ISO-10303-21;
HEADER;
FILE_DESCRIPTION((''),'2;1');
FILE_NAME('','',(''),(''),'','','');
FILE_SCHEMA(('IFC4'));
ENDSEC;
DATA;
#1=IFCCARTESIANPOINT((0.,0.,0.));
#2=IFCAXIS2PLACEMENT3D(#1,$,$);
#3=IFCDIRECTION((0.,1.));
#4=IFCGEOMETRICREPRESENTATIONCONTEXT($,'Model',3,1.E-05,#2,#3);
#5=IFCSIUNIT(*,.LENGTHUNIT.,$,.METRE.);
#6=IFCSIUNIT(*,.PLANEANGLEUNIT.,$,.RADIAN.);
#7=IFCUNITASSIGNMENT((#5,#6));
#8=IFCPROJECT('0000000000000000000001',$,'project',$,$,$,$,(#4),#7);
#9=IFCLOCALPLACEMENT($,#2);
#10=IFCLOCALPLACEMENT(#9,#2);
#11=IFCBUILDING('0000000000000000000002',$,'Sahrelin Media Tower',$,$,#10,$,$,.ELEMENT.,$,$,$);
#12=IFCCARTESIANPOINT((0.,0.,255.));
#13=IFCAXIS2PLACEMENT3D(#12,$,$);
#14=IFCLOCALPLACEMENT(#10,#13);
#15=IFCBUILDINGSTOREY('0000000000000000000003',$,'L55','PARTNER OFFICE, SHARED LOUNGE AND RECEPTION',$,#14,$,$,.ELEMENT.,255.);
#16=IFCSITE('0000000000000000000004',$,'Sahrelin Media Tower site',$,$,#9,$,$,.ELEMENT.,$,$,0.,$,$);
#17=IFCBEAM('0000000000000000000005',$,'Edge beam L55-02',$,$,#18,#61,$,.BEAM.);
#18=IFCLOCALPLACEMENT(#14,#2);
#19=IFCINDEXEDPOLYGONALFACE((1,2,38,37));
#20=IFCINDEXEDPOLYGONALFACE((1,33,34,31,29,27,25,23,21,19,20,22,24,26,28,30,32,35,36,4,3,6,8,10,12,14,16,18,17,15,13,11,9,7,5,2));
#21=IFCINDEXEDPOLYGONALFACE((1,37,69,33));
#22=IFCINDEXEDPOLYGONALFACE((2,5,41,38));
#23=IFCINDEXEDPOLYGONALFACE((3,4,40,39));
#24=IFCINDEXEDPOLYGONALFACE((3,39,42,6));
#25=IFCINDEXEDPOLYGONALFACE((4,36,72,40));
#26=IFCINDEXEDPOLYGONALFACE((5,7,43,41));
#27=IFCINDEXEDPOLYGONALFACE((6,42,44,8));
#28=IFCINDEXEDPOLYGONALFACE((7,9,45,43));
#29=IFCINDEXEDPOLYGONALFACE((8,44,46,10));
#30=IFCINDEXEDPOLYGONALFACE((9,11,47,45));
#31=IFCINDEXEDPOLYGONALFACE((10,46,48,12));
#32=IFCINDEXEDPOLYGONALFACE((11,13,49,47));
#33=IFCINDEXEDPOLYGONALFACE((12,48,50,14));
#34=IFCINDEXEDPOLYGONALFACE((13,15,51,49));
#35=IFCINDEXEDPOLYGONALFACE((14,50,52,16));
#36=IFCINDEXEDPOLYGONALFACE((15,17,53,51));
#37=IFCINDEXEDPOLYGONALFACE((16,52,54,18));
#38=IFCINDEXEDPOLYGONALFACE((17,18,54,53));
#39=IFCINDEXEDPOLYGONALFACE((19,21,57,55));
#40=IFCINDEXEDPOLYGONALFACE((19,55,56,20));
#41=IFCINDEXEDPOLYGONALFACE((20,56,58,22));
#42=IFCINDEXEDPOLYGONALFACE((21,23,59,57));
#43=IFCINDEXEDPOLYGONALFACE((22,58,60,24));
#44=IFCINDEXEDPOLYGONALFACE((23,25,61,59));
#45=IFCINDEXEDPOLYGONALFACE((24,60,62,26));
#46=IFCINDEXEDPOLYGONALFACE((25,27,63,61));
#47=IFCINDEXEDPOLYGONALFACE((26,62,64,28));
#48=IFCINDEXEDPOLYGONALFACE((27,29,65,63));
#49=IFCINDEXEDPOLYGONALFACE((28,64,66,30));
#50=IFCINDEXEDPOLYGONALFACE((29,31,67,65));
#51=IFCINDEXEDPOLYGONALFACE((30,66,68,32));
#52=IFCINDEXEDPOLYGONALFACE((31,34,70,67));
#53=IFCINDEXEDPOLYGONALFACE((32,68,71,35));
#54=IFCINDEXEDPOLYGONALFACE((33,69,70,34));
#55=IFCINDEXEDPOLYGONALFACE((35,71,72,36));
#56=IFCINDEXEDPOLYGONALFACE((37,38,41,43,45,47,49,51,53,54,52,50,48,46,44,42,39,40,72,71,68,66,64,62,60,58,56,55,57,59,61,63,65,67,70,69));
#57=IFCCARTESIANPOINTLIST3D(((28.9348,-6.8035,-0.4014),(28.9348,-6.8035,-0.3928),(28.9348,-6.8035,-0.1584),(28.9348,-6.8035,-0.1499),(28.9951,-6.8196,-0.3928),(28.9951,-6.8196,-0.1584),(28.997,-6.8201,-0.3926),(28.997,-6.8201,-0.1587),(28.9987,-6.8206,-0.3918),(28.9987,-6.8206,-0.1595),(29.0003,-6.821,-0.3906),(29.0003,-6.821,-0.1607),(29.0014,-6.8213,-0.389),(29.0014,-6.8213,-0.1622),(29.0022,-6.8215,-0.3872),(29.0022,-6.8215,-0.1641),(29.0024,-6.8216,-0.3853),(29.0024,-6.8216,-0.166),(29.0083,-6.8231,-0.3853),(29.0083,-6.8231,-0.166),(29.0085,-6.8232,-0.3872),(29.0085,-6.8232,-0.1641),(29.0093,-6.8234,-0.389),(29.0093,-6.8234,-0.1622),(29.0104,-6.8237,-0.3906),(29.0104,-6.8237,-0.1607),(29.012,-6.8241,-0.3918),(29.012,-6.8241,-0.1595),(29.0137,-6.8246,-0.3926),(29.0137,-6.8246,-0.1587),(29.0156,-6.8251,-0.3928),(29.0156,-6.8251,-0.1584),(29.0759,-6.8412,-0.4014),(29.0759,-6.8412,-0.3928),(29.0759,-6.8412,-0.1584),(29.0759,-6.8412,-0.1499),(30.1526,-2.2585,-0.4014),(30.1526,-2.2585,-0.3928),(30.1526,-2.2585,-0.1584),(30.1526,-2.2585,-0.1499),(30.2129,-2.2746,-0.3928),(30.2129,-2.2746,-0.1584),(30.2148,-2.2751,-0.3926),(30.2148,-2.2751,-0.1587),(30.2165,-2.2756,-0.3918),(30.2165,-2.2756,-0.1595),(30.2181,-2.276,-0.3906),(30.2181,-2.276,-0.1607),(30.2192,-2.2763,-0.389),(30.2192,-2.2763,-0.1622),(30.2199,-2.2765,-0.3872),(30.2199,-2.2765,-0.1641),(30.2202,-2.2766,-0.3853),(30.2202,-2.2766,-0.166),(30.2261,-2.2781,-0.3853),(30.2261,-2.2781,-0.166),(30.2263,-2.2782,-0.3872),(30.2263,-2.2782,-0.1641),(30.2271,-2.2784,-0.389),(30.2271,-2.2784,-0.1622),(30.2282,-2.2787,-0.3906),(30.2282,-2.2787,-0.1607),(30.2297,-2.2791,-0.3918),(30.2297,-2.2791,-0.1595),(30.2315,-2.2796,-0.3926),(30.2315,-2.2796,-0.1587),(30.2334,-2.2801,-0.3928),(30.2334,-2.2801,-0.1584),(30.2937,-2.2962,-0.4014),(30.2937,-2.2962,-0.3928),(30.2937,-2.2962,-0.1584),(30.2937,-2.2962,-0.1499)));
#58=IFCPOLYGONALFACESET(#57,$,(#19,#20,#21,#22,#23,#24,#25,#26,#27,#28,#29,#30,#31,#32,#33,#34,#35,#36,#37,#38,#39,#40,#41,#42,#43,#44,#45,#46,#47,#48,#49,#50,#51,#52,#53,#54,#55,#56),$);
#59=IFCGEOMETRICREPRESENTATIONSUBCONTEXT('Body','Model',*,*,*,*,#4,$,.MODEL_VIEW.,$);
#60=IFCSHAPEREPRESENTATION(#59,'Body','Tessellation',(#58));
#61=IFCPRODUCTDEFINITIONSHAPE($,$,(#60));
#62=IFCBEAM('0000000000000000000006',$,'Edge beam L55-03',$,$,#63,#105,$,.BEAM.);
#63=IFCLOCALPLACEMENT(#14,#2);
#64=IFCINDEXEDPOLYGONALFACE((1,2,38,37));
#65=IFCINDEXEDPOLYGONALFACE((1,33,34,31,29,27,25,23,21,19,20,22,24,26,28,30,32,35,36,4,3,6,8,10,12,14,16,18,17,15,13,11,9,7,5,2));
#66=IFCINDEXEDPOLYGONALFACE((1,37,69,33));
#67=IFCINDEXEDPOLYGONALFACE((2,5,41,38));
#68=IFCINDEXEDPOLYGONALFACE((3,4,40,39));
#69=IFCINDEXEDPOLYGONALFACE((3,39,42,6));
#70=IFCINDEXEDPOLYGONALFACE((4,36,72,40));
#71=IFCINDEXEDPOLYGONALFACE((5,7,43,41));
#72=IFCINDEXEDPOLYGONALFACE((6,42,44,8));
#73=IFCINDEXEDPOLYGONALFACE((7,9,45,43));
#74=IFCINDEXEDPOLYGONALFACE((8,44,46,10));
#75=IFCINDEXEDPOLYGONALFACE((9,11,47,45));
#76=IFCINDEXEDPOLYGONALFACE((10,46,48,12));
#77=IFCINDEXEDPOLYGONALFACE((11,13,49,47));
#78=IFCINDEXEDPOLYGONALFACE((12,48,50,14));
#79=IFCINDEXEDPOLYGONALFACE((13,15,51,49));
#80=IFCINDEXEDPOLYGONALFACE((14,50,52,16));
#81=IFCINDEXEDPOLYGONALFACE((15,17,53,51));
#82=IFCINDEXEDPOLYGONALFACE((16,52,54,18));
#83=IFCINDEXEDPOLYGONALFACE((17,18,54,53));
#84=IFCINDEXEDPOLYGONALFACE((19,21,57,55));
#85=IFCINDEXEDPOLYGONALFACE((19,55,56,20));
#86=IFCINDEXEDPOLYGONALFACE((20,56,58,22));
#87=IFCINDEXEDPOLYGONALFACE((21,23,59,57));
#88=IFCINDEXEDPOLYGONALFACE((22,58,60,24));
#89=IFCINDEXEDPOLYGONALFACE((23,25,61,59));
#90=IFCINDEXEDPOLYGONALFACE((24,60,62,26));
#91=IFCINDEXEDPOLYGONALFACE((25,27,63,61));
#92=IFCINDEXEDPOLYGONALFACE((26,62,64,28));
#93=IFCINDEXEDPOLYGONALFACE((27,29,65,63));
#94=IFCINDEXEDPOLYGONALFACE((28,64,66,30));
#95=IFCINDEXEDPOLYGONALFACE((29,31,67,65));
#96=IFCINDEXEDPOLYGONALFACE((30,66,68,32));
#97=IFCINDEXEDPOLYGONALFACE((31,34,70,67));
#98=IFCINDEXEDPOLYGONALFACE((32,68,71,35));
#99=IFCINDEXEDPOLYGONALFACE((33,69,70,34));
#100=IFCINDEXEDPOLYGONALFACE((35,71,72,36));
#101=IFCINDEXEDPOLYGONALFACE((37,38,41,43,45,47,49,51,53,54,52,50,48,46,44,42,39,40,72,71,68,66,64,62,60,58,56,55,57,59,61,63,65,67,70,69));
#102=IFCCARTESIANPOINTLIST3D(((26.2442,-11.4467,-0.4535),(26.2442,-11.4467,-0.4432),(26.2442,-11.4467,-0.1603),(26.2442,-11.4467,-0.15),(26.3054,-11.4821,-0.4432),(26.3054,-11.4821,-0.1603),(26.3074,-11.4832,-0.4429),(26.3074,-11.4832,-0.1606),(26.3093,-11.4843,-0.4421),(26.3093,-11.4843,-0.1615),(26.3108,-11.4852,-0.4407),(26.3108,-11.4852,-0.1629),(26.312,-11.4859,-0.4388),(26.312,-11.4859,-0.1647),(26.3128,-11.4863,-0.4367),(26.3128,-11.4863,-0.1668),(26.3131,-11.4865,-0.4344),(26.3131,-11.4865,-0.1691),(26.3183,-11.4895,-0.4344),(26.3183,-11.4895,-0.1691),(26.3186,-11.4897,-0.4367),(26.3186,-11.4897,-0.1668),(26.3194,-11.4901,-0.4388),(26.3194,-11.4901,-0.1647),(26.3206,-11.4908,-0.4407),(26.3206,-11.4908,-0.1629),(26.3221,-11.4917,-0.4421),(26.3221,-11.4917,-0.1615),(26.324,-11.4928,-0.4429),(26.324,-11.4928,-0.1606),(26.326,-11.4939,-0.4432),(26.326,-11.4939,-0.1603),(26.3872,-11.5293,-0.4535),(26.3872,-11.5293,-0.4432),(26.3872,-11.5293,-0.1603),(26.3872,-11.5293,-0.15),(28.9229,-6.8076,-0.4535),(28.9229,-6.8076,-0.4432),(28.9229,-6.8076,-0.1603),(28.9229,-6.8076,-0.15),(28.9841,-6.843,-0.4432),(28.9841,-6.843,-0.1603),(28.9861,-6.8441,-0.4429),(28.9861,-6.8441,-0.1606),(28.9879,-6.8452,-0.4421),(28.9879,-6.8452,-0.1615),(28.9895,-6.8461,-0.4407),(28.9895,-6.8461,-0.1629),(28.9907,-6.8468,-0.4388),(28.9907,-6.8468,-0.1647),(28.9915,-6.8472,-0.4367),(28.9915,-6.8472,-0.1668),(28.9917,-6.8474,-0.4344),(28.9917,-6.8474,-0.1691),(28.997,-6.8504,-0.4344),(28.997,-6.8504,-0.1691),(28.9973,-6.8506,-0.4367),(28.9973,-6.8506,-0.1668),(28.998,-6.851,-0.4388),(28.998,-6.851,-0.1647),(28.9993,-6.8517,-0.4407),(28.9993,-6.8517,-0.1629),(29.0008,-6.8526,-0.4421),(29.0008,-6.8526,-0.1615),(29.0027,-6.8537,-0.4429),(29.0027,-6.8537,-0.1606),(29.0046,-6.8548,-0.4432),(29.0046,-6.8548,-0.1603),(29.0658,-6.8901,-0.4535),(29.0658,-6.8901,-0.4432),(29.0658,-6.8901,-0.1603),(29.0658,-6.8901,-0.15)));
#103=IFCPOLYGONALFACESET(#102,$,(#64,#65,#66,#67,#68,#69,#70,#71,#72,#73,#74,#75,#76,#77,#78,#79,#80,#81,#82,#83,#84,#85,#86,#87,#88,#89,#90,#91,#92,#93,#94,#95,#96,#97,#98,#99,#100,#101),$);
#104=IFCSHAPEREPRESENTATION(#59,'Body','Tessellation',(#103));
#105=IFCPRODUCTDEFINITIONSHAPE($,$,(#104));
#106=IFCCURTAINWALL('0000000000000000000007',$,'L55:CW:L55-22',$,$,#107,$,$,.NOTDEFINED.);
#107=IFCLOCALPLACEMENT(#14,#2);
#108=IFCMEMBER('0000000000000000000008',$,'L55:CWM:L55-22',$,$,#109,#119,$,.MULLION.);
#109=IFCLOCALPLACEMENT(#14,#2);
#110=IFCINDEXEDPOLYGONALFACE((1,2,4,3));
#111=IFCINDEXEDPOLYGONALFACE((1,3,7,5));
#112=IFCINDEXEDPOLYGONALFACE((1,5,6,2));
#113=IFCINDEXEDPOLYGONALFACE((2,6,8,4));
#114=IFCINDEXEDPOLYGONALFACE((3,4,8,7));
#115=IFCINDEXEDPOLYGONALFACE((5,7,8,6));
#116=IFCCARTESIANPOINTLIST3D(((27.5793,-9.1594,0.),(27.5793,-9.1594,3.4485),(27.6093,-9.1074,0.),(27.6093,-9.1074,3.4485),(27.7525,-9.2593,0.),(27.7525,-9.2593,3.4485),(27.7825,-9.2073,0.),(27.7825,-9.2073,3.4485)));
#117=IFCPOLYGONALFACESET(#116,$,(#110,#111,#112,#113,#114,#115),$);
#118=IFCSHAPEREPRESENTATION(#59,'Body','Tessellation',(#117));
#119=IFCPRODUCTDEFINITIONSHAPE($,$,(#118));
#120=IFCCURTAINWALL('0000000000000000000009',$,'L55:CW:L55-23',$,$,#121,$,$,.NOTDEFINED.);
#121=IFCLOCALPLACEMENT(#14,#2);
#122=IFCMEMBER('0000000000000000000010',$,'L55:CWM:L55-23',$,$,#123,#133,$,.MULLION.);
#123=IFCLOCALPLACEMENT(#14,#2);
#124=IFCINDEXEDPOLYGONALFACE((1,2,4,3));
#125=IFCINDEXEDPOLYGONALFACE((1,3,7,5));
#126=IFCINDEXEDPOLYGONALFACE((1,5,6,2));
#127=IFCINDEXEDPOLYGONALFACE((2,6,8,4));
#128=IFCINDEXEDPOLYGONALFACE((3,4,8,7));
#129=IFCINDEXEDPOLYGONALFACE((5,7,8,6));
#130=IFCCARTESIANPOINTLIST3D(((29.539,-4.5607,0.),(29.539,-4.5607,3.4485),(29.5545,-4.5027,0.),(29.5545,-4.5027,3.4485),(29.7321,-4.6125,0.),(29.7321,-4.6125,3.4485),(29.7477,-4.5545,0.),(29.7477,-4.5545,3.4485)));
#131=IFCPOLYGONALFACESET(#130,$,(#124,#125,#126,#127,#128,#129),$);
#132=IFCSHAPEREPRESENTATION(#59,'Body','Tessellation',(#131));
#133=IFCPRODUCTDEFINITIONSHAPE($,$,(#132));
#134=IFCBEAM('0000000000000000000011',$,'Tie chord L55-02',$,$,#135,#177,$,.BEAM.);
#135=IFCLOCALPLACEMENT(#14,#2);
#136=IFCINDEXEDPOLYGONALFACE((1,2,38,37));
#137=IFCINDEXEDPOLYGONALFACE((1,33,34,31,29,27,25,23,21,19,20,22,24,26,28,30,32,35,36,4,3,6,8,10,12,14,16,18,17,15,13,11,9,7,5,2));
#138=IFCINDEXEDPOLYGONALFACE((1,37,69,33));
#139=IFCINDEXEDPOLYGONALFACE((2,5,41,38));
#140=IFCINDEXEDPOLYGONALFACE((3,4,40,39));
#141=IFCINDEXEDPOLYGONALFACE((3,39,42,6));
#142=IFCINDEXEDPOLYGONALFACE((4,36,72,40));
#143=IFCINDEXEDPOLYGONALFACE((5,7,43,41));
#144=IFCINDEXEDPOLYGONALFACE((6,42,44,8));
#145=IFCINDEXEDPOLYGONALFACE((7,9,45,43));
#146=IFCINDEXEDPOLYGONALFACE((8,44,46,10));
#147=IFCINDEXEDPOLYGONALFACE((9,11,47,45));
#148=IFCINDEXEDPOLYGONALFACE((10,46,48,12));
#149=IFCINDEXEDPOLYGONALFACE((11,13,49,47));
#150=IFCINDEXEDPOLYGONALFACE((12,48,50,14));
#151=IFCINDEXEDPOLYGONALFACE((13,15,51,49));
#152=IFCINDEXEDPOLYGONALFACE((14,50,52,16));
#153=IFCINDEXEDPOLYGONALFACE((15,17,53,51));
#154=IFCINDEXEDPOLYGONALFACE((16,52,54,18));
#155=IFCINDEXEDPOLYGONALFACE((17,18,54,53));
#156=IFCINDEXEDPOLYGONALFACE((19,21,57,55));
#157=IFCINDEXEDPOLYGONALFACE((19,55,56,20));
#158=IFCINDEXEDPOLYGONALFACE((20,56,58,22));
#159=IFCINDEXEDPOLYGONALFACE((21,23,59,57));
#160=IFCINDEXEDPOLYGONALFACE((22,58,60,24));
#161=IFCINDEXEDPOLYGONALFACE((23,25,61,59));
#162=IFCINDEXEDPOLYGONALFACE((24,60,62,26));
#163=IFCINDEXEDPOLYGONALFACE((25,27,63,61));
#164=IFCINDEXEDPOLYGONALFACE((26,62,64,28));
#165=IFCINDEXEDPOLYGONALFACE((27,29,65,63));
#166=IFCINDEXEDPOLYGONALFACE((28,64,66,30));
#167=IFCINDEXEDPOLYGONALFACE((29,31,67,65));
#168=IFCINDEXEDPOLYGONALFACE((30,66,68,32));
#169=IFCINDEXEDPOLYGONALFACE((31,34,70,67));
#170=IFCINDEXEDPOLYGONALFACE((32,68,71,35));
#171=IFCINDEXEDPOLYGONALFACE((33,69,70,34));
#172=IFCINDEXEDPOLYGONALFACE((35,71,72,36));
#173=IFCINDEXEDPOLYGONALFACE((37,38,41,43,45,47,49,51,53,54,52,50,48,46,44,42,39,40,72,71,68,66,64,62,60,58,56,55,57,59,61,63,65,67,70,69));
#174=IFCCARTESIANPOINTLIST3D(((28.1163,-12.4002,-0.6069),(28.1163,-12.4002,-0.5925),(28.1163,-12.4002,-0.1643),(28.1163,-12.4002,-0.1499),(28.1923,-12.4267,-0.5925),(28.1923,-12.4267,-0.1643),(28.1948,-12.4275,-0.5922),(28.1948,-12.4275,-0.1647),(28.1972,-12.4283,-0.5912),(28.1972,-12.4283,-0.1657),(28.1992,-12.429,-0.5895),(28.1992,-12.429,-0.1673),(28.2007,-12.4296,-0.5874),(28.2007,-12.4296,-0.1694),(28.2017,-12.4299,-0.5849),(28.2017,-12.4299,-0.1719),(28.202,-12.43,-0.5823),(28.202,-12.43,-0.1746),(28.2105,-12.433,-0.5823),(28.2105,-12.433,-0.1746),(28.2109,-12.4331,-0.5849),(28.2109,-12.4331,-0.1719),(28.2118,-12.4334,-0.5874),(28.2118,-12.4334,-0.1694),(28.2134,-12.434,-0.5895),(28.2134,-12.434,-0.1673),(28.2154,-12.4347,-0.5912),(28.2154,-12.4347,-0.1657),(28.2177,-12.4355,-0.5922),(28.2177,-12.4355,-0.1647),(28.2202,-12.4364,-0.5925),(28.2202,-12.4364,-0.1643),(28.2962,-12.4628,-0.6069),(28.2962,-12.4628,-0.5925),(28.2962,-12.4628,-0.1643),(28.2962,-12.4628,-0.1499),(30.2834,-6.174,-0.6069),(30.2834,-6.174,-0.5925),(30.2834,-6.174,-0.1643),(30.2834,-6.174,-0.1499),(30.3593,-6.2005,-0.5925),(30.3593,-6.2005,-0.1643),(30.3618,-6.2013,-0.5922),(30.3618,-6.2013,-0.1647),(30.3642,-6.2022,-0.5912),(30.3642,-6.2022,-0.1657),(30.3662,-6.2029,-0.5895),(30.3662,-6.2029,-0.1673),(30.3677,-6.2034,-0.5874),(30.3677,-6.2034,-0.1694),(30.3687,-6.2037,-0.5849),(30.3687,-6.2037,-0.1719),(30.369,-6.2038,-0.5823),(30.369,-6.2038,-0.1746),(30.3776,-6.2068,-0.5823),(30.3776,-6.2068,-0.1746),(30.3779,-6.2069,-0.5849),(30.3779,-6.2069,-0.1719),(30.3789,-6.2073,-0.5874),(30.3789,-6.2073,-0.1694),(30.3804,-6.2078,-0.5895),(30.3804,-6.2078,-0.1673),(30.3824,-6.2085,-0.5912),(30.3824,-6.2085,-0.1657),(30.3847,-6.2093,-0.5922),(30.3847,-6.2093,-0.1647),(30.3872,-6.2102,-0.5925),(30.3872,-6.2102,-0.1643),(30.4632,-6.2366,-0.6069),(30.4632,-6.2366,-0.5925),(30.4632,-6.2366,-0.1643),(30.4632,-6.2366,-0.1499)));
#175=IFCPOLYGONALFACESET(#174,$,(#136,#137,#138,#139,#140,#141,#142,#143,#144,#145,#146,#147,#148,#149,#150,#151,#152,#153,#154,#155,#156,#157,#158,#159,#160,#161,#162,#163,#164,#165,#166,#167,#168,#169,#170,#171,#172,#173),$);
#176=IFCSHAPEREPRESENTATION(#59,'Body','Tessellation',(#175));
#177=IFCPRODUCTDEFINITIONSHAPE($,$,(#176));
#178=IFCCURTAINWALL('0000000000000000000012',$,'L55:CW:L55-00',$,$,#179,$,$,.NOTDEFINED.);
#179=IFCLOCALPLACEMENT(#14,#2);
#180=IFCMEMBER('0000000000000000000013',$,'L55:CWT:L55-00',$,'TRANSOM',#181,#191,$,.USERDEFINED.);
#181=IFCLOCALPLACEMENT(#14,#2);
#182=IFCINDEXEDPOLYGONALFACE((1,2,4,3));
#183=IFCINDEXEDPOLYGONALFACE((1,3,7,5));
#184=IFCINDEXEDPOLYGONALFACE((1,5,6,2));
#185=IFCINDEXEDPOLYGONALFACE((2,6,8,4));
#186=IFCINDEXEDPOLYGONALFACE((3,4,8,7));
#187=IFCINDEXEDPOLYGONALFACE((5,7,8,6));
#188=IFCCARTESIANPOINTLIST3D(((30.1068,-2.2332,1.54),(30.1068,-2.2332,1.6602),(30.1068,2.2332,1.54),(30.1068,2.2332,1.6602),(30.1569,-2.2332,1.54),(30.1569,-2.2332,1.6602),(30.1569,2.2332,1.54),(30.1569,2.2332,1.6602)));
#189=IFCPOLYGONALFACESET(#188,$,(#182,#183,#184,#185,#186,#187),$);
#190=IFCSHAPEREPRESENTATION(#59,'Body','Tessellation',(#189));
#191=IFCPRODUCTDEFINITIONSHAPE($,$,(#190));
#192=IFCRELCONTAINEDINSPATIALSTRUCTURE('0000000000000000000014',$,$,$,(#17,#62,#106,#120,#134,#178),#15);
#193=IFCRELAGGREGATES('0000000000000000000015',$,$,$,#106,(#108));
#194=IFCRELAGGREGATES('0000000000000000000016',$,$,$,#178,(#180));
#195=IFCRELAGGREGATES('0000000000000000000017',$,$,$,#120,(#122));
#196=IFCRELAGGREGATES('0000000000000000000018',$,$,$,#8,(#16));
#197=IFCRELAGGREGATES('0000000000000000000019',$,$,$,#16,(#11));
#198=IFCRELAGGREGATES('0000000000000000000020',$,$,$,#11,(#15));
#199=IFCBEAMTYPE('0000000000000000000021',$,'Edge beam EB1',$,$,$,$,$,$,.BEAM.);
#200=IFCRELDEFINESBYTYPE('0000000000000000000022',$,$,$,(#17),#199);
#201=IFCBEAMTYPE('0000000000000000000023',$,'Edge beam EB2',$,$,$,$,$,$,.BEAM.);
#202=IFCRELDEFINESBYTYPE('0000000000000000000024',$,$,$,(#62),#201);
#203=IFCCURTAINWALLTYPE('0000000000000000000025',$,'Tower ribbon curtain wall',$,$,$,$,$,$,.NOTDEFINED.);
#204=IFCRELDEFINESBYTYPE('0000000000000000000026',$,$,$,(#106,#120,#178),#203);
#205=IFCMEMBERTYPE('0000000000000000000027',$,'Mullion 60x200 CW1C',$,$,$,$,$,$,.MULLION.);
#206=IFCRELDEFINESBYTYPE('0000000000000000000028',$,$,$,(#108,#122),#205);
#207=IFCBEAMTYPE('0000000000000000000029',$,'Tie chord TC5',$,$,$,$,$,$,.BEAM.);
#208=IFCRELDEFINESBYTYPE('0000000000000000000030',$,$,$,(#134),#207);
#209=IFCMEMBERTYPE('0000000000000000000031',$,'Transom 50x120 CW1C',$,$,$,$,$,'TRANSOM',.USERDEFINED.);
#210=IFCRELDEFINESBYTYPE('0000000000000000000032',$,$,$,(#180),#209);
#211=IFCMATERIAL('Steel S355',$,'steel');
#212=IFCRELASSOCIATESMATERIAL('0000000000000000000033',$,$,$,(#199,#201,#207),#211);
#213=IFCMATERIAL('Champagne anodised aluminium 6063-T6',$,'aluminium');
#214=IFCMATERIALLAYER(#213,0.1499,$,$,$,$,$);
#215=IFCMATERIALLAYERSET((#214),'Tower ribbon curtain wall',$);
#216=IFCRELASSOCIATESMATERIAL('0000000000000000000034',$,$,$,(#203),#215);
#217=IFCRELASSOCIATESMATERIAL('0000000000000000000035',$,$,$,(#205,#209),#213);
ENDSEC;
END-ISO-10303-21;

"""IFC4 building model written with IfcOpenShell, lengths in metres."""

from ifc_helpers import new_model, si_unit, direction, frame, origin, origin_2d, place, context, subcontext, project, spatial, rectangle, i_section, extrude, material, layer, layer_set, material_profile, profile_set, type_object, element, aggregate, save


model = new_model("IFC4")

# Units and contexts
model_context = context("Model", 3, precision=1e-05, world=origin(), true_north=direction((0.0, 1.0)))
body_context = subcontext(model_context, "Body", "Model", "MODEL_VIEW")
ifc_project = project(units=[si_unit("LENGTHUNIT", "METRE"), si_unit("PLANEANGLEUNIT", "RADIAN")], contexts=[model_context])

# Site, building, storey
site_placement = place(None, origin())
site = spatial("IfcSite", under=ifc_project, at=site_placement, Name="Sahrelin Media Tower site", CompositionType="ELEMENT", RefElevation=0.0)
building_placement = place(site_placement, origin())
building = spatial("IfcBuilding", under=site, at=building_placement, Name="Sahrelin Media Tower", CompositionType="ELEMENT")
storey_placement = place(building_placement, frame((0.0, 0.0, 255.0)))
storey = spatial("IfcBuildingStorey", under=building, at=storey_placement, Name="L55", Description="PARTNER OFFICE, SHARED LOUNGE AND RECEPTION", CompositionType="ELEMENT", Elevation=255.0)

# Beams
ifc_material_1 = material(Name="Steel S355", Category="steel")
ifc_material_profile_1 = material_profile(ifc_material_1, i_section(OverallWidth=0.146, OverallDepth=0.2515, WebThickness=0.0061, FlangeThickness=0.0085, FilletRadius=0.0076, at=origin_2d()), Name="UB 254x146x31")
ifc_profile_set_1 = profile_set([ifc_material_profile_1], Name="Steel S355")
beam_type_1 = type_object("IfcBeamType", Name="Edge beam EB1", PredefinedType="BEAM", material=ifc_profile_set_1)
beam_1_placement = place(storey_placement, frame((30.2231, -2.2773, -0.2756), z_axis=(-0.258812, -0.965928, 0.0), x_axis=(0.965928, -0.258812, 0.0)))
element("IfcBeam", 1, at=beam_1_placement, inside=storey, type_object=beam_type_1, Name="Edge beam L55-02", PredefinedType="BEAM", context=body_context, shape_type="SweptSolid", body=[
    extrude(i_section(OverallWidth=0.146, OverallDepth=0.2515, WebThickness=0.0061, FlangeThickness=0.0085, FilletRadius=0.0076, at=origin_2d()), origin(), (0.0, 0.0, 1.0), 4.7053),
])
ifc_material_profile_2 = material_profile(ifc_material_1, i_section(OverallWidth=0.165, OverallDepth=0.3035, WebThickness=0.0061, FlangeThickness=0.0103, FilletRadius=0.0088, at=origin_2d()), Name="UB 305x165x40")
ifc_profile_set_2 = profile_set([ifc_material_profile_2], Name="Steel S355")
beam_type_2 = type_object("IfcBeamType", Name="Edge beam EB2", PredefinedType="BEAM", material=ifc_profile_set_2)
beam_2_placement = place(storey_placement, frame((28.9944, -6.8489, -0.3018), z_axis=(-0.500041, -0.866002, 0.0), x_axis=(0.866002, -0.500041, 0.0)))
element("IfcBeam", 2, at=beam_2_placement, inside=storey, type_object=beam_type_2, Name="Edge beam L55-03", PredefinedType="BEAM", context=body_context, shape_type="SweptSolid", body=[
    extrude(i_section(OverallWidth=0.165, OverallDepth=0.3035, WebThickness=0.0061, FlangeThickness=0.0103, FilletRadius=0.0088, at=origin_2d()), origin(), (0.0, 0.0, 1.0), 5.3569),
])

# Curtain walls, members
ifc_material_2 = material(Name="Champagne anodised aluminium 6063-T6", Category="aluminium")
ifc_layer_1 = layer(ifc_material_2, 0.1499)
ifc_layer_set_1 = layer_set([ifc_layer_1], Name="Tower ribbon curtain wall")
curtain_wall_type = type_object("IfcCurtainWallType", Name="Tower ribbon curtain wall", PredefinedType="NOTDEFINED", material=ifc_layer_set_1)
curtain_wall_1_placement = place(storey_placement, frame((27.7849, -9.2434, 0.0), z_axis=(0.0, 0.0, 1.0), x_axis=(1.0, 0.0, 0.0)))
curtain_wall_1 = element("IfcCurtainWall", 3, at=curtain_wall_1_placement, inside=storey, type_object=curtain_wall_type, Name="L55:CW:L55-22", PredefinedType="NOTDEFINED")
ifc_material_profile_3 = material_profile(ifc_material_2, rectangle(XDim=0.0601, YDim=0.2, at=origin_2d()), Name="Mullion 60x200")
ifc_profile_set_3 = profile_set([ifc_material_profile_3], Name="Champagne anodised aluminium 6063-T6")
member_type_1 = type_object("IfcMemberType", Name="Mullion 60x200 CW1C", PredefinedType="MULLION", material=ifc_profile_set_3)
member_1_placement = place(storey_placement, frame((27.6809, -9.1833, 0.0), z_axis=(0.0, 0.0, 1.0), x_axis=(0.5, 0.866025, 0.0)))
member_1 = element("IfcMember", 4, at=member_1_placement, type_object=member_type_1, Name="L55:CWM:L55-22", PredefinedType="MULLION", context=body_context, shape_type="SweptSolid", body=[
    extrude(rectangle(XDim=0.0601, YDim=0.2, at=origin_2d()), origin(), (0.0, 0.0, 1.0), 3.4485),
])
curtain_wall_2_placement = place(storey_placement, frame((29.759, -4.5886, 0.0), z_axis=(0.0, 0.0, 1.0), x_axis=(1.0, 0.0, 0.0)))
curtain_wall_2 = element("IfcCurtainWall", 5, at=curtain_wall_2_placement, inside=storey, type_object=curtain_wall_type, Name="L55:CW:L55-23", PredefinedType="NOTDEFINED")
member_2_placement = place(storey_placement, frame((29.6433, -4.5576, 0.0), z_axis=(0.0, 0.0, 1.0), x_axis=(0.258836, 0.965921, 0.0)))
member_2 = element("IfcMember", 6, at=member_2_placement, type_object=member_type_1, Name="L55:CWM:L55-23", PredefinedType="MULLION", context=body_context, shape_type="SweptSolid", body=[
    extrude(rectangle(XDim=0.0601, YDim=0.2, at=origin_2d()), origin(), (0.0, 0.0, 1.0), 3.4485),
])

# Beam
ifc_material_profile_4 = material_profile(ifc_material_1, i_section(OverallWidth=0.1904, OverallDepth=0.457, WebThickness=0.009, FlangeThickness=0.0144, FilletRadius=0.0103, at=origin_2d()), Name="UB 457x191x74")
ifc_profile_set_4 = profile_set([ifc_material_profile_4], Name="Steel S355")
beam_type_3 = type_object("IfcBeamType", Name="Tie chord TC5", PredefinedType="BEAM", material=ifc_profile_set_4)
beam_3_placement = place(storey_placement, frame((30.3733, -6.2053, -0.3784), z_axis=(-0.32871, -0.944431, 0.0), x_axis=(0.944431, -0.32871, 0.0)))
element("IfcBeam", 7, at=beam_3_placement, inside=storey, type_object=beam_type_3, Name="Tie chord L55-02", PredefinedType="BEAM", context=body_context, shape_type="SweptSolid", body=[
    extrude(i_section(OverallWidth=0.1904, OverallDepth=0.457, WebThickness=0.009, FlangeThickness=0.0144, FilletRadius=0.0103, at=origin_2d()), origin(), (0.0, 0.0, 1.0), 6.5925),
])

# Curtain wall, member
curtain_wall_3_placement = place(storey_placement, frame((30.377, 0.0, 0.0), z_axis=(0.0, 0.0, 1.0), x_axis=(1.0, 0.0, 0.0)))
curtain_wall_3 = element("IfcCurtainWall", 8, at=curtain_wall_3_placement, inside=storey, type_object=curtain_wall_type, Name="L55:CW:L55-00", PredefinedType="NOTDEFINED")
ifc_material_profile_5 = material_profile(ifc_material_2, rectangle(XDim=0.05, YDim=0.1201, at=origin_2d()), Name="Transom 50x120")
ifc_profile_set_5 = profile_set([ifc_material_profile_5], Name="Champagne anodised aluminium 6063-T6")
member_type_2 = type_object("IfcMemberType", Name="Transom 50x120 CW1C", ElementType="TRANSOM", PredefinedType="USERDEFINED", material=ifc_profile_set_5)
member_3_placement = place(storey_placement, frame((30.1318, -2.2332, 1.6001), z_axis=(0.0, 1.0, 0.0), x_axis=(-1.0, 0.0, 0.0)))
member_3 = element("IfcMember", 9, at=member_3_placement, type_object=member_type_2, Name="L55:CWT:L55-00", ObjectType="TRANSOM", PredefinedType="USERDEFINED", context=body_context, shape_type="SweptSolid", body=[
    extrude(rectangle(XDim=0.05, YDim=0.1201, at=origin_2d()), origin(), (0.0, 0.0, 1.0), 4.4663),
])

aggregate(curtain_wall_1, [member_1])

aggregate(curtain_wall_3, [member_3])
aggregate(curtain_wall_2, [member_2])

save(model, "model.ifc")
